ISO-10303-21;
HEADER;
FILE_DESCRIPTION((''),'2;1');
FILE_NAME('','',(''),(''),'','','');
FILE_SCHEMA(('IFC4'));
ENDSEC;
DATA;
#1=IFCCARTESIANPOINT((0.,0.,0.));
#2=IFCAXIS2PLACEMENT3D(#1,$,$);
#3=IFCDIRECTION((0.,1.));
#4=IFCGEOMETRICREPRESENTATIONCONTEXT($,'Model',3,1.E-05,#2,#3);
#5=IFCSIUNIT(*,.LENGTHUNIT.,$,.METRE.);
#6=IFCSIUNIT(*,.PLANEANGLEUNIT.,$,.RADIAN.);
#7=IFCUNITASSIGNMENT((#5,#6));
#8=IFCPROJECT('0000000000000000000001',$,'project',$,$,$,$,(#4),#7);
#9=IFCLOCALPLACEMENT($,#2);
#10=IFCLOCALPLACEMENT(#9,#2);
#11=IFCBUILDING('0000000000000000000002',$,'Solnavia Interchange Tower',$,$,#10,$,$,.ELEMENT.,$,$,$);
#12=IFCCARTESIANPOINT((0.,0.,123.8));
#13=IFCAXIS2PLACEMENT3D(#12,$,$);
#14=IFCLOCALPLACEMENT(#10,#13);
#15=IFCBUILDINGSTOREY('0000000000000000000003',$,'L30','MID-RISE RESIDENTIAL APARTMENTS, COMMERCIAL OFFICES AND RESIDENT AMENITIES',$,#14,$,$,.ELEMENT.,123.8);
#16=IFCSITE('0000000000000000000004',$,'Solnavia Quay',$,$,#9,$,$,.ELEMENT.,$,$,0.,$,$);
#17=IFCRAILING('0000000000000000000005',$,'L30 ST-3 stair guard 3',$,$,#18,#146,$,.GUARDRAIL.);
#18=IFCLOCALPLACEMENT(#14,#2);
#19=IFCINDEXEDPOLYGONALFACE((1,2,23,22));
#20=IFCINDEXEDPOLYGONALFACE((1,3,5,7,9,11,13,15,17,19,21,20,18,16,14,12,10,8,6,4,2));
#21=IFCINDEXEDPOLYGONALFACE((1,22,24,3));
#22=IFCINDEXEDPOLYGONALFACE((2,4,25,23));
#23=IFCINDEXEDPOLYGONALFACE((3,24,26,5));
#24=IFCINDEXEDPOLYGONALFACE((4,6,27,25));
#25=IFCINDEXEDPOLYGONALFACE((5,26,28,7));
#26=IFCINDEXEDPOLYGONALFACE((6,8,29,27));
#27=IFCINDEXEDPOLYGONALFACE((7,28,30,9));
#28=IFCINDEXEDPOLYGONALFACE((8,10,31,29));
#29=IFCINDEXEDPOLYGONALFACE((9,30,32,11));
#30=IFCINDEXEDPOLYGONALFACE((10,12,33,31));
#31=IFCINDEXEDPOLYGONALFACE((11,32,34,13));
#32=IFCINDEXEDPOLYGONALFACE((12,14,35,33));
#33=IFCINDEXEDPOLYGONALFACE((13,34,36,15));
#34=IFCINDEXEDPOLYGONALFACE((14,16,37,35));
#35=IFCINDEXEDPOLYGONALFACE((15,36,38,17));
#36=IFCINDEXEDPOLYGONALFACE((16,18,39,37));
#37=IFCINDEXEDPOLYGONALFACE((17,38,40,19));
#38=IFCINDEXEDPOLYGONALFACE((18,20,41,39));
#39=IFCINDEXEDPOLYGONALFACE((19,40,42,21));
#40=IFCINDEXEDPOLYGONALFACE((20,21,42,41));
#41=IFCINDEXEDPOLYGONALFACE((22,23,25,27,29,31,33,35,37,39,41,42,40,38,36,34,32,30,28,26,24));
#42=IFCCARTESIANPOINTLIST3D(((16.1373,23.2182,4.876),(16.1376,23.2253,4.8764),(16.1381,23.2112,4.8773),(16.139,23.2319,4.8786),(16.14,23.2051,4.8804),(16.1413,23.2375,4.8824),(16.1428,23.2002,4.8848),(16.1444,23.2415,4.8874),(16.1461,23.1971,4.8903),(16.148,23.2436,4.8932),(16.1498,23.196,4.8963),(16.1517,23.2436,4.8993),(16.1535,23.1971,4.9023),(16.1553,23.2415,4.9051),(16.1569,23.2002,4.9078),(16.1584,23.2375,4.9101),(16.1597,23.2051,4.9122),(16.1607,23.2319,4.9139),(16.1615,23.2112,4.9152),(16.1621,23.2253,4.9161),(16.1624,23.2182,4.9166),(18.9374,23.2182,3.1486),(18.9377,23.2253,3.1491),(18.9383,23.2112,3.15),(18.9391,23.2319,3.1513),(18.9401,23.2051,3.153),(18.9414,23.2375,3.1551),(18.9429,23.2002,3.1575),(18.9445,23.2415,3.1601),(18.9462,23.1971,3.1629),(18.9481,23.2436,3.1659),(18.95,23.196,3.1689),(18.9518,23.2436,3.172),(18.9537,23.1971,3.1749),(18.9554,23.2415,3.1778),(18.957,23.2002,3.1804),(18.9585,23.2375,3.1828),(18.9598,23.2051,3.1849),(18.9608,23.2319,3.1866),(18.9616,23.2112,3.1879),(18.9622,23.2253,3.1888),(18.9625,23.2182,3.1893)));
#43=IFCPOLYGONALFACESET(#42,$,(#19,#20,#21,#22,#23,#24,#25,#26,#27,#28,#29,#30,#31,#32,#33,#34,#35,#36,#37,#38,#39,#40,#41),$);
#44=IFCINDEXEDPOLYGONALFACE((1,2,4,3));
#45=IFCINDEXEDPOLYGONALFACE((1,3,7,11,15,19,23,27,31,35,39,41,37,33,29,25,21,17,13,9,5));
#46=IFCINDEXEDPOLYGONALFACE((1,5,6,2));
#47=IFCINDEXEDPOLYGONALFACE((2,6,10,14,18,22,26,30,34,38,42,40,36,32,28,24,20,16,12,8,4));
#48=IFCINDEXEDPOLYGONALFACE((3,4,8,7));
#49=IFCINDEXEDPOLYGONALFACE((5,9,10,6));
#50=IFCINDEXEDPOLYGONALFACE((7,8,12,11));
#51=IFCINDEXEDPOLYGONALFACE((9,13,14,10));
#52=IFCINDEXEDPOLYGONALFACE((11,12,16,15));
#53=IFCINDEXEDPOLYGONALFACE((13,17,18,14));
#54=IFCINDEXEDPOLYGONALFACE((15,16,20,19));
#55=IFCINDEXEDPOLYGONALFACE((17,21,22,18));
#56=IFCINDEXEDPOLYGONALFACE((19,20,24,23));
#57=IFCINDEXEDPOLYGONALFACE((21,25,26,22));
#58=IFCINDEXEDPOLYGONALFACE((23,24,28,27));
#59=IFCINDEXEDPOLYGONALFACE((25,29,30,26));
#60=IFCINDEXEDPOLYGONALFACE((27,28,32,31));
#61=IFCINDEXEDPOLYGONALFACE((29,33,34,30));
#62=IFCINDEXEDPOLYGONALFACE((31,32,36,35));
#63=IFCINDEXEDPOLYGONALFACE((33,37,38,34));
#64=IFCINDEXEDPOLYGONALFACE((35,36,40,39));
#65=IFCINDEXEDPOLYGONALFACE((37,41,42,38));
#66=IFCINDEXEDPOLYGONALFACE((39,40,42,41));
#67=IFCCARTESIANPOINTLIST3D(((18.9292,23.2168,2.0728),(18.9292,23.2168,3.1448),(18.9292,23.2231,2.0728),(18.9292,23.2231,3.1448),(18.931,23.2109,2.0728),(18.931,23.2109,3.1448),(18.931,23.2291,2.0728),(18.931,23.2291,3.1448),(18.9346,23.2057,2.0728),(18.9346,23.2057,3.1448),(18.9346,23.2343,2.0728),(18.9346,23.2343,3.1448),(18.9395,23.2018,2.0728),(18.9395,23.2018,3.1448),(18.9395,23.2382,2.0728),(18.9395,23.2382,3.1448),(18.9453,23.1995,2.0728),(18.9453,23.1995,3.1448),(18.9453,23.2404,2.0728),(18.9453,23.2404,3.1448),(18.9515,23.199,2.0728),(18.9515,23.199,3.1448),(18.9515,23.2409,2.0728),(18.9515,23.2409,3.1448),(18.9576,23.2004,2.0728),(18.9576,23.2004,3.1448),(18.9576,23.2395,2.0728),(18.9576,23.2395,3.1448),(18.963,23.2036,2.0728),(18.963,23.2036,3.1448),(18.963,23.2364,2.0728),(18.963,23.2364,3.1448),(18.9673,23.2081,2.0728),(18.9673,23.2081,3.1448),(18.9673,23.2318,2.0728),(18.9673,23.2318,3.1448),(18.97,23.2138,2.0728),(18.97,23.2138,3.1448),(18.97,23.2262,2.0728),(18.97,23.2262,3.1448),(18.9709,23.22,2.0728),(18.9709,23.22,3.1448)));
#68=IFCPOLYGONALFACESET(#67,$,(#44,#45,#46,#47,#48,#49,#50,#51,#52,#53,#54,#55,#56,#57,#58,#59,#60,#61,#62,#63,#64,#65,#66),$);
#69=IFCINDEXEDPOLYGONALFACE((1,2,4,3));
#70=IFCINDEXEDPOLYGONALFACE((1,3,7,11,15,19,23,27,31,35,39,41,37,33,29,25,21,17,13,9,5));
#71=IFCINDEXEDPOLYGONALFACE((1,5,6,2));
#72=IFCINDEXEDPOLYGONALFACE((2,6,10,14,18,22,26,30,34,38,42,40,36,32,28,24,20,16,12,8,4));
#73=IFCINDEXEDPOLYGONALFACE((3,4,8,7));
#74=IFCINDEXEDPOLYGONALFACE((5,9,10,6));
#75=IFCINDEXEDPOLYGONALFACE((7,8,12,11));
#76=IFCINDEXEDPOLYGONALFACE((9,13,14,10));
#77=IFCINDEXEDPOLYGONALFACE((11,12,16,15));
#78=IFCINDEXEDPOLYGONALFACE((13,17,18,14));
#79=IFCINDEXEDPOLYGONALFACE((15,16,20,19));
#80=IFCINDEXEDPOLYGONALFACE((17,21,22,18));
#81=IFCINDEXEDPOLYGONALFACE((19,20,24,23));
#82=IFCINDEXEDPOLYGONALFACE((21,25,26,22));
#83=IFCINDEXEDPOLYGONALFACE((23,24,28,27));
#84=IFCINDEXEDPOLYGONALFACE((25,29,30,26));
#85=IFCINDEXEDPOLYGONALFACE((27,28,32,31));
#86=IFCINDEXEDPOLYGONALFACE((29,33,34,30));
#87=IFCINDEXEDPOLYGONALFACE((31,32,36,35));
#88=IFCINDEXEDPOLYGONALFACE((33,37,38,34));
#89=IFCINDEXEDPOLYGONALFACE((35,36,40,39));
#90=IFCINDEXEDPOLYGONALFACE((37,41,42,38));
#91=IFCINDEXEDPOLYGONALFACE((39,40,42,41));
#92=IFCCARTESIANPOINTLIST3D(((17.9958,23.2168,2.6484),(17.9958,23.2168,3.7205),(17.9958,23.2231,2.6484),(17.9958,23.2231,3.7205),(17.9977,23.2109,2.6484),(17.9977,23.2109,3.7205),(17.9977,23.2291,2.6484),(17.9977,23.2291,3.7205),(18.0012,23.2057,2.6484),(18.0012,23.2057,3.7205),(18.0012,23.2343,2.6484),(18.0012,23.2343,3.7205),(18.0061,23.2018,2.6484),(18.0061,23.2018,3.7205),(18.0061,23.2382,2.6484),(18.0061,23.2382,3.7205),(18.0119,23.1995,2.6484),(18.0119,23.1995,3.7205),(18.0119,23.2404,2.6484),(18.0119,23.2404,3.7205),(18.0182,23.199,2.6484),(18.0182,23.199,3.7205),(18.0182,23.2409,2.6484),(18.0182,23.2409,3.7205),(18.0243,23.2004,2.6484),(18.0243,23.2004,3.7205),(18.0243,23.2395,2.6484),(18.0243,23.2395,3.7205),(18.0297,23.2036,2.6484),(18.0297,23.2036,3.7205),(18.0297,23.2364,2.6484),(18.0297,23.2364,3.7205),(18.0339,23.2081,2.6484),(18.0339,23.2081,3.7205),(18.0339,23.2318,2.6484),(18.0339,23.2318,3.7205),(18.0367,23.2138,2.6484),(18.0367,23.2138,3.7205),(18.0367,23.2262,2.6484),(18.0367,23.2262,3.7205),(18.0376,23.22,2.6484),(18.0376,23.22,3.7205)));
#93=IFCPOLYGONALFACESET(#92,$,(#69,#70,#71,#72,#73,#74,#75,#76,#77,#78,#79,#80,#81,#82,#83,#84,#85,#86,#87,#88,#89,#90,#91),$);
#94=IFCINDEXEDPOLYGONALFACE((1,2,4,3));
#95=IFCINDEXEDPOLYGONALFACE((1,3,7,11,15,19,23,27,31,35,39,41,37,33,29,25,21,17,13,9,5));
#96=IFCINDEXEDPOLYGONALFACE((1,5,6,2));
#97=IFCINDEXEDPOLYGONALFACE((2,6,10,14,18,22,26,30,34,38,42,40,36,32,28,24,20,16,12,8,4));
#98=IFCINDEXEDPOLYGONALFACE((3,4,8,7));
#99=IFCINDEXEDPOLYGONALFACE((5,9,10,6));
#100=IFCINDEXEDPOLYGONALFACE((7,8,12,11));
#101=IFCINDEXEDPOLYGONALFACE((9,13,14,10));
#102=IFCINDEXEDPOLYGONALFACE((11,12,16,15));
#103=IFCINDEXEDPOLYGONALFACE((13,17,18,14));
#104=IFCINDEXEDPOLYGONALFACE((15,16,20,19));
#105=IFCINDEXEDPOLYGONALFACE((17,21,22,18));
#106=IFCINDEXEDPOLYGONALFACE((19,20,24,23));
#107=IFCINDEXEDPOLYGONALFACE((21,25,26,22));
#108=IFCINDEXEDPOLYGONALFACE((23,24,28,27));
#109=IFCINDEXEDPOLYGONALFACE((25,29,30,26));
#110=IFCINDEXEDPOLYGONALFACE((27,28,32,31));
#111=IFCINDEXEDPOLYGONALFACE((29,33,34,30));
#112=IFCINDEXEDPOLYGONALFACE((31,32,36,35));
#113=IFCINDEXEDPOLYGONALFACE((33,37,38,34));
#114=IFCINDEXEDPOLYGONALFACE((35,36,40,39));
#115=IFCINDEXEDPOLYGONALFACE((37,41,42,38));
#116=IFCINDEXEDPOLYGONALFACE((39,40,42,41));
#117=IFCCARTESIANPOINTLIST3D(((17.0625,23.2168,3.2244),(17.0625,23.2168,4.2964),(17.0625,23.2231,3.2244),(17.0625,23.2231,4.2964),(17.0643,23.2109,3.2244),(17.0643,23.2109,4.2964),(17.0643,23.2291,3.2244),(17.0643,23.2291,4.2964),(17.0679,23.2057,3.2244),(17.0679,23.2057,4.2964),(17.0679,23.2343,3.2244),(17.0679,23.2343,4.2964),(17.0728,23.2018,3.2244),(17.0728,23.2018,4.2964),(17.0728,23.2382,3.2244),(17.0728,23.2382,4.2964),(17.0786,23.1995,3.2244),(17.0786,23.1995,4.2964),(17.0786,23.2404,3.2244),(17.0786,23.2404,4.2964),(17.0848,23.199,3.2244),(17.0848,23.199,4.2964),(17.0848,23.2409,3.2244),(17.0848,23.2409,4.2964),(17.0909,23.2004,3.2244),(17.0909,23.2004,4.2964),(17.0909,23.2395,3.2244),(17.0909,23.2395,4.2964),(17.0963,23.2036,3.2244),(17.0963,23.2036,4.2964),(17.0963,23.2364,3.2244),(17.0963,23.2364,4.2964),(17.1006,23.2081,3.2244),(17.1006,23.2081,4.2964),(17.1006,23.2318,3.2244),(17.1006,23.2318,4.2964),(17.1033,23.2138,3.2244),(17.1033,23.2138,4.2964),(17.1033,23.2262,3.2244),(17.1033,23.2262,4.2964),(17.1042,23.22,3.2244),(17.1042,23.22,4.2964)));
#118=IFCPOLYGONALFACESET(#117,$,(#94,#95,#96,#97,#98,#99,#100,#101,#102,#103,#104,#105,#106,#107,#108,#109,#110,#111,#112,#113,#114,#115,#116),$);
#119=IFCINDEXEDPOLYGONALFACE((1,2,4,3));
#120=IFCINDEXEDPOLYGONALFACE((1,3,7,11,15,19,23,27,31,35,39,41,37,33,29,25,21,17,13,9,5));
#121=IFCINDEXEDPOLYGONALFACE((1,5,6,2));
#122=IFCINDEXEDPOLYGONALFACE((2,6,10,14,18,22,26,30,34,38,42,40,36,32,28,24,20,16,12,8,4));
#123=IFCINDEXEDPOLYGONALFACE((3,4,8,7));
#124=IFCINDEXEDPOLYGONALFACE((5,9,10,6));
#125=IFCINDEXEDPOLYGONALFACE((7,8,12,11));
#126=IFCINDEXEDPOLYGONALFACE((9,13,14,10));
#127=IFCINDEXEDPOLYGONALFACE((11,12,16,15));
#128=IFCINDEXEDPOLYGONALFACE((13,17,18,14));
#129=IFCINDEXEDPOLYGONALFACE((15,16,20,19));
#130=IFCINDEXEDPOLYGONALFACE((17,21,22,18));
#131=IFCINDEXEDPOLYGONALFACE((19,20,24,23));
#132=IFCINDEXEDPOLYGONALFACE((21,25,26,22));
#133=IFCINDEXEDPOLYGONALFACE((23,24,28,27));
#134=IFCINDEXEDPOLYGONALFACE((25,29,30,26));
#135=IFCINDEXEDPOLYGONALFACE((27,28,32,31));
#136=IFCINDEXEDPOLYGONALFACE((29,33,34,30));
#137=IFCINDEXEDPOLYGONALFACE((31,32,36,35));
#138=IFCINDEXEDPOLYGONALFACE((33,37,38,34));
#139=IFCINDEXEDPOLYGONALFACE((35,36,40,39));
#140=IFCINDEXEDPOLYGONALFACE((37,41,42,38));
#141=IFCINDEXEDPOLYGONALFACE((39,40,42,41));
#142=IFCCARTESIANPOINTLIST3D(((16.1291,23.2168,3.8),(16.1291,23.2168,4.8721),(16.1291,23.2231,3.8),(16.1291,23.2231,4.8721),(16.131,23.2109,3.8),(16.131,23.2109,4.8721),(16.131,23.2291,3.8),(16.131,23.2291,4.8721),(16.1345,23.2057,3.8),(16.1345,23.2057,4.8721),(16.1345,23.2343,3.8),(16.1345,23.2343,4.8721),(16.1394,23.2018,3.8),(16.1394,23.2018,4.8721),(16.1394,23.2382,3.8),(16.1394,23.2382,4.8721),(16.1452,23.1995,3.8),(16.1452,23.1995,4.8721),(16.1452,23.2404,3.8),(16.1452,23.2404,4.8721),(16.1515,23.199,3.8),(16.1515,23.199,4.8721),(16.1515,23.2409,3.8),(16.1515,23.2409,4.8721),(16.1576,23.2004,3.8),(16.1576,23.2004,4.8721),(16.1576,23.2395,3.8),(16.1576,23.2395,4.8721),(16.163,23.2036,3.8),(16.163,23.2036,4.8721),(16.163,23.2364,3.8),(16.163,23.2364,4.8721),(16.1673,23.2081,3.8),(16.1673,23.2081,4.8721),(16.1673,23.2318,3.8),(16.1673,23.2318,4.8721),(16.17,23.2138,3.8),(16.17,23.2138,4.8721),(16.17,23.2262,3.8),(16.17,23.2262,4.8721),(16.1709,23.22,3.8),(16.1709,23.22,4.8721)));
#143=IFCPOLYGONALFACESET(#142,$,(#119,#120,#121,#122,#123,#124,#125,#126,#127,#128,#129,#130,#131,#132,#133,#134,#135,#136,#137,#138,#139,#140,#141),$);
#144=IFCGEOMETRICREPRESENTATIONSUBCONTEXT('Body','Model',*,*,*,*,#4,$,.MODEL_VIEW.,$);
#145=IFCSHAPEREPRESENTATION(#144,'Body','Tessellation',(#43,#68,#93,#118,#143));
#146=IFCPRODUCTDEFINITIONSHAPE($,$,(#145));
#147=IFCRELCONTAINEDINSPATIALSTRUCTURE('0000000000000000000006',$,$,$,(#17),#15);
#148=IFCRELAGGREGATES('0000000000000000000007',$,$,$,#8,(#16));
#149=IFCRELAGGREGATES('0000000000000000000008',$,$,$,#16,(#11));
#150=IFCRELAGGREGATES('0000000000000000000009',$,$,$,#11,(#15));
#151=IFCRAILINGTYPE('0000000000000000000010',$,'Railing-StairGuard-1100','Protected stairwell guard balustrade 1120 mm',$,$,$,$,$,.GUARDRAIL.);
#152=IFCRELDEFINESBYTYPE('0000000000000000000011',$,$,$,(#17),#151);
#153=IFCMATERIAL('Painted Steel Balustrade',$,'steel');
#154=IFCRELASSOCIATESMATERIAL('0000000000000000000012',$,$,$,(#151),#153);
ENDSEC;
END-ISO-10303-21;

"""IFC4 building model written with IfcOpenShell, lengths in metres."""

from ifc_helpers import new_model, si_unit, direction, frame, origin, origin_2d, place, context, subcontext, project, spatial, circle, extrude, material, type_object, element, save


model = new_model("IFC4")

# Units and contexts
model_context = context("Model", 3, precision=1e-05, world=origin(), true_north=direction((0.0, 1.0)))
body_context = subcontext(model_context, "Body", "Model", "MODEL_VIEW")
ifc_project = project(units=[si_unit("LENGTHUNIT", "METRE"), si_unit("PLANEANGLEUNIT", "RADIAN")], contexts=[model_context])

# Site, building, storey
site_placement = place(None, origin())
site = spatial("IfcSite", under=ifc_project, at=site_placement, Name="Solnavia Quay", CompositionType="ELEMENT", RefElevation=0.0)
building_placement = place(site_placement, origin())
building = spatial("IfcBuilding", under=site, at=building_placement, Name="Solnavia Interchange Tower", CompositionType="ELEMENT")
storey_placement = place(building_placement, frame((0.0, 0.0, 123.8)))
storey = spatial("IfcBuildingStorey", under=building, at=storey_placement, Name="L30", Description="MID-RISE RESIDENTIAL APARTMENTS, COMMERCIAL OFFICES AND RESIDENT AMENITIES", CompositionType="ELEMENT", Elevation=123.8)

# Railing
ifc_material_1 = material(Name="Painted Steel Balustrade", Category="steel")
railing_type_1 = type_object("IfcRailingType", Name="Railing-StairGuard-1100", Description="Protected stairwell guard balustrade 1120 mm", PredefinedType="GUARDRAIL", material=ifc_material_1)
railing_1_placement = place(storey_placement, frame((18.95, 23.22, 2.0728)))
element("IfcRailing", 1, at=railing_1_placement, inside=storey, type_object=railing_type_1, Name="L30 ST-3 stair guard 3", PredefinedType="GUARDRAIL", context=body_context, shape_type="SweptSolid", body=[
    extrude(circle(Radius=0.0239, at=origin_2d()), frame((0.0, 0.0, 1.0962), z_axis=(-0.85109, 0.0, 0.52502), x_axis=(0.0, -1.0, 0.0)), (0.0, 0.0, 1.0), 3.29),
    extrude(circle(Radius=0.021, at=origin_2d()), origin(), (0.0, 0.0, 1.0), 1.072),
    extrude(circle(Radius=0.021, at=origin_2d()), frame((-0.9333, 0.0, 0.5757)), (0.0, 0.0, 1.0), 1.072),
    extrude(circle(Radius=0.021, at=origin_2d()), frame((-1.8667, 0.0, 1.1516)), (0.0, 0.0, 1.0), 1.072),
    extrude(circle(Radius=0.021, at=origin_2d()), frame((-2.8, 0.0, 1.7273)), (0.0, 0.0, 1.0), 1.072),
])

save(model, "model.ifc")
